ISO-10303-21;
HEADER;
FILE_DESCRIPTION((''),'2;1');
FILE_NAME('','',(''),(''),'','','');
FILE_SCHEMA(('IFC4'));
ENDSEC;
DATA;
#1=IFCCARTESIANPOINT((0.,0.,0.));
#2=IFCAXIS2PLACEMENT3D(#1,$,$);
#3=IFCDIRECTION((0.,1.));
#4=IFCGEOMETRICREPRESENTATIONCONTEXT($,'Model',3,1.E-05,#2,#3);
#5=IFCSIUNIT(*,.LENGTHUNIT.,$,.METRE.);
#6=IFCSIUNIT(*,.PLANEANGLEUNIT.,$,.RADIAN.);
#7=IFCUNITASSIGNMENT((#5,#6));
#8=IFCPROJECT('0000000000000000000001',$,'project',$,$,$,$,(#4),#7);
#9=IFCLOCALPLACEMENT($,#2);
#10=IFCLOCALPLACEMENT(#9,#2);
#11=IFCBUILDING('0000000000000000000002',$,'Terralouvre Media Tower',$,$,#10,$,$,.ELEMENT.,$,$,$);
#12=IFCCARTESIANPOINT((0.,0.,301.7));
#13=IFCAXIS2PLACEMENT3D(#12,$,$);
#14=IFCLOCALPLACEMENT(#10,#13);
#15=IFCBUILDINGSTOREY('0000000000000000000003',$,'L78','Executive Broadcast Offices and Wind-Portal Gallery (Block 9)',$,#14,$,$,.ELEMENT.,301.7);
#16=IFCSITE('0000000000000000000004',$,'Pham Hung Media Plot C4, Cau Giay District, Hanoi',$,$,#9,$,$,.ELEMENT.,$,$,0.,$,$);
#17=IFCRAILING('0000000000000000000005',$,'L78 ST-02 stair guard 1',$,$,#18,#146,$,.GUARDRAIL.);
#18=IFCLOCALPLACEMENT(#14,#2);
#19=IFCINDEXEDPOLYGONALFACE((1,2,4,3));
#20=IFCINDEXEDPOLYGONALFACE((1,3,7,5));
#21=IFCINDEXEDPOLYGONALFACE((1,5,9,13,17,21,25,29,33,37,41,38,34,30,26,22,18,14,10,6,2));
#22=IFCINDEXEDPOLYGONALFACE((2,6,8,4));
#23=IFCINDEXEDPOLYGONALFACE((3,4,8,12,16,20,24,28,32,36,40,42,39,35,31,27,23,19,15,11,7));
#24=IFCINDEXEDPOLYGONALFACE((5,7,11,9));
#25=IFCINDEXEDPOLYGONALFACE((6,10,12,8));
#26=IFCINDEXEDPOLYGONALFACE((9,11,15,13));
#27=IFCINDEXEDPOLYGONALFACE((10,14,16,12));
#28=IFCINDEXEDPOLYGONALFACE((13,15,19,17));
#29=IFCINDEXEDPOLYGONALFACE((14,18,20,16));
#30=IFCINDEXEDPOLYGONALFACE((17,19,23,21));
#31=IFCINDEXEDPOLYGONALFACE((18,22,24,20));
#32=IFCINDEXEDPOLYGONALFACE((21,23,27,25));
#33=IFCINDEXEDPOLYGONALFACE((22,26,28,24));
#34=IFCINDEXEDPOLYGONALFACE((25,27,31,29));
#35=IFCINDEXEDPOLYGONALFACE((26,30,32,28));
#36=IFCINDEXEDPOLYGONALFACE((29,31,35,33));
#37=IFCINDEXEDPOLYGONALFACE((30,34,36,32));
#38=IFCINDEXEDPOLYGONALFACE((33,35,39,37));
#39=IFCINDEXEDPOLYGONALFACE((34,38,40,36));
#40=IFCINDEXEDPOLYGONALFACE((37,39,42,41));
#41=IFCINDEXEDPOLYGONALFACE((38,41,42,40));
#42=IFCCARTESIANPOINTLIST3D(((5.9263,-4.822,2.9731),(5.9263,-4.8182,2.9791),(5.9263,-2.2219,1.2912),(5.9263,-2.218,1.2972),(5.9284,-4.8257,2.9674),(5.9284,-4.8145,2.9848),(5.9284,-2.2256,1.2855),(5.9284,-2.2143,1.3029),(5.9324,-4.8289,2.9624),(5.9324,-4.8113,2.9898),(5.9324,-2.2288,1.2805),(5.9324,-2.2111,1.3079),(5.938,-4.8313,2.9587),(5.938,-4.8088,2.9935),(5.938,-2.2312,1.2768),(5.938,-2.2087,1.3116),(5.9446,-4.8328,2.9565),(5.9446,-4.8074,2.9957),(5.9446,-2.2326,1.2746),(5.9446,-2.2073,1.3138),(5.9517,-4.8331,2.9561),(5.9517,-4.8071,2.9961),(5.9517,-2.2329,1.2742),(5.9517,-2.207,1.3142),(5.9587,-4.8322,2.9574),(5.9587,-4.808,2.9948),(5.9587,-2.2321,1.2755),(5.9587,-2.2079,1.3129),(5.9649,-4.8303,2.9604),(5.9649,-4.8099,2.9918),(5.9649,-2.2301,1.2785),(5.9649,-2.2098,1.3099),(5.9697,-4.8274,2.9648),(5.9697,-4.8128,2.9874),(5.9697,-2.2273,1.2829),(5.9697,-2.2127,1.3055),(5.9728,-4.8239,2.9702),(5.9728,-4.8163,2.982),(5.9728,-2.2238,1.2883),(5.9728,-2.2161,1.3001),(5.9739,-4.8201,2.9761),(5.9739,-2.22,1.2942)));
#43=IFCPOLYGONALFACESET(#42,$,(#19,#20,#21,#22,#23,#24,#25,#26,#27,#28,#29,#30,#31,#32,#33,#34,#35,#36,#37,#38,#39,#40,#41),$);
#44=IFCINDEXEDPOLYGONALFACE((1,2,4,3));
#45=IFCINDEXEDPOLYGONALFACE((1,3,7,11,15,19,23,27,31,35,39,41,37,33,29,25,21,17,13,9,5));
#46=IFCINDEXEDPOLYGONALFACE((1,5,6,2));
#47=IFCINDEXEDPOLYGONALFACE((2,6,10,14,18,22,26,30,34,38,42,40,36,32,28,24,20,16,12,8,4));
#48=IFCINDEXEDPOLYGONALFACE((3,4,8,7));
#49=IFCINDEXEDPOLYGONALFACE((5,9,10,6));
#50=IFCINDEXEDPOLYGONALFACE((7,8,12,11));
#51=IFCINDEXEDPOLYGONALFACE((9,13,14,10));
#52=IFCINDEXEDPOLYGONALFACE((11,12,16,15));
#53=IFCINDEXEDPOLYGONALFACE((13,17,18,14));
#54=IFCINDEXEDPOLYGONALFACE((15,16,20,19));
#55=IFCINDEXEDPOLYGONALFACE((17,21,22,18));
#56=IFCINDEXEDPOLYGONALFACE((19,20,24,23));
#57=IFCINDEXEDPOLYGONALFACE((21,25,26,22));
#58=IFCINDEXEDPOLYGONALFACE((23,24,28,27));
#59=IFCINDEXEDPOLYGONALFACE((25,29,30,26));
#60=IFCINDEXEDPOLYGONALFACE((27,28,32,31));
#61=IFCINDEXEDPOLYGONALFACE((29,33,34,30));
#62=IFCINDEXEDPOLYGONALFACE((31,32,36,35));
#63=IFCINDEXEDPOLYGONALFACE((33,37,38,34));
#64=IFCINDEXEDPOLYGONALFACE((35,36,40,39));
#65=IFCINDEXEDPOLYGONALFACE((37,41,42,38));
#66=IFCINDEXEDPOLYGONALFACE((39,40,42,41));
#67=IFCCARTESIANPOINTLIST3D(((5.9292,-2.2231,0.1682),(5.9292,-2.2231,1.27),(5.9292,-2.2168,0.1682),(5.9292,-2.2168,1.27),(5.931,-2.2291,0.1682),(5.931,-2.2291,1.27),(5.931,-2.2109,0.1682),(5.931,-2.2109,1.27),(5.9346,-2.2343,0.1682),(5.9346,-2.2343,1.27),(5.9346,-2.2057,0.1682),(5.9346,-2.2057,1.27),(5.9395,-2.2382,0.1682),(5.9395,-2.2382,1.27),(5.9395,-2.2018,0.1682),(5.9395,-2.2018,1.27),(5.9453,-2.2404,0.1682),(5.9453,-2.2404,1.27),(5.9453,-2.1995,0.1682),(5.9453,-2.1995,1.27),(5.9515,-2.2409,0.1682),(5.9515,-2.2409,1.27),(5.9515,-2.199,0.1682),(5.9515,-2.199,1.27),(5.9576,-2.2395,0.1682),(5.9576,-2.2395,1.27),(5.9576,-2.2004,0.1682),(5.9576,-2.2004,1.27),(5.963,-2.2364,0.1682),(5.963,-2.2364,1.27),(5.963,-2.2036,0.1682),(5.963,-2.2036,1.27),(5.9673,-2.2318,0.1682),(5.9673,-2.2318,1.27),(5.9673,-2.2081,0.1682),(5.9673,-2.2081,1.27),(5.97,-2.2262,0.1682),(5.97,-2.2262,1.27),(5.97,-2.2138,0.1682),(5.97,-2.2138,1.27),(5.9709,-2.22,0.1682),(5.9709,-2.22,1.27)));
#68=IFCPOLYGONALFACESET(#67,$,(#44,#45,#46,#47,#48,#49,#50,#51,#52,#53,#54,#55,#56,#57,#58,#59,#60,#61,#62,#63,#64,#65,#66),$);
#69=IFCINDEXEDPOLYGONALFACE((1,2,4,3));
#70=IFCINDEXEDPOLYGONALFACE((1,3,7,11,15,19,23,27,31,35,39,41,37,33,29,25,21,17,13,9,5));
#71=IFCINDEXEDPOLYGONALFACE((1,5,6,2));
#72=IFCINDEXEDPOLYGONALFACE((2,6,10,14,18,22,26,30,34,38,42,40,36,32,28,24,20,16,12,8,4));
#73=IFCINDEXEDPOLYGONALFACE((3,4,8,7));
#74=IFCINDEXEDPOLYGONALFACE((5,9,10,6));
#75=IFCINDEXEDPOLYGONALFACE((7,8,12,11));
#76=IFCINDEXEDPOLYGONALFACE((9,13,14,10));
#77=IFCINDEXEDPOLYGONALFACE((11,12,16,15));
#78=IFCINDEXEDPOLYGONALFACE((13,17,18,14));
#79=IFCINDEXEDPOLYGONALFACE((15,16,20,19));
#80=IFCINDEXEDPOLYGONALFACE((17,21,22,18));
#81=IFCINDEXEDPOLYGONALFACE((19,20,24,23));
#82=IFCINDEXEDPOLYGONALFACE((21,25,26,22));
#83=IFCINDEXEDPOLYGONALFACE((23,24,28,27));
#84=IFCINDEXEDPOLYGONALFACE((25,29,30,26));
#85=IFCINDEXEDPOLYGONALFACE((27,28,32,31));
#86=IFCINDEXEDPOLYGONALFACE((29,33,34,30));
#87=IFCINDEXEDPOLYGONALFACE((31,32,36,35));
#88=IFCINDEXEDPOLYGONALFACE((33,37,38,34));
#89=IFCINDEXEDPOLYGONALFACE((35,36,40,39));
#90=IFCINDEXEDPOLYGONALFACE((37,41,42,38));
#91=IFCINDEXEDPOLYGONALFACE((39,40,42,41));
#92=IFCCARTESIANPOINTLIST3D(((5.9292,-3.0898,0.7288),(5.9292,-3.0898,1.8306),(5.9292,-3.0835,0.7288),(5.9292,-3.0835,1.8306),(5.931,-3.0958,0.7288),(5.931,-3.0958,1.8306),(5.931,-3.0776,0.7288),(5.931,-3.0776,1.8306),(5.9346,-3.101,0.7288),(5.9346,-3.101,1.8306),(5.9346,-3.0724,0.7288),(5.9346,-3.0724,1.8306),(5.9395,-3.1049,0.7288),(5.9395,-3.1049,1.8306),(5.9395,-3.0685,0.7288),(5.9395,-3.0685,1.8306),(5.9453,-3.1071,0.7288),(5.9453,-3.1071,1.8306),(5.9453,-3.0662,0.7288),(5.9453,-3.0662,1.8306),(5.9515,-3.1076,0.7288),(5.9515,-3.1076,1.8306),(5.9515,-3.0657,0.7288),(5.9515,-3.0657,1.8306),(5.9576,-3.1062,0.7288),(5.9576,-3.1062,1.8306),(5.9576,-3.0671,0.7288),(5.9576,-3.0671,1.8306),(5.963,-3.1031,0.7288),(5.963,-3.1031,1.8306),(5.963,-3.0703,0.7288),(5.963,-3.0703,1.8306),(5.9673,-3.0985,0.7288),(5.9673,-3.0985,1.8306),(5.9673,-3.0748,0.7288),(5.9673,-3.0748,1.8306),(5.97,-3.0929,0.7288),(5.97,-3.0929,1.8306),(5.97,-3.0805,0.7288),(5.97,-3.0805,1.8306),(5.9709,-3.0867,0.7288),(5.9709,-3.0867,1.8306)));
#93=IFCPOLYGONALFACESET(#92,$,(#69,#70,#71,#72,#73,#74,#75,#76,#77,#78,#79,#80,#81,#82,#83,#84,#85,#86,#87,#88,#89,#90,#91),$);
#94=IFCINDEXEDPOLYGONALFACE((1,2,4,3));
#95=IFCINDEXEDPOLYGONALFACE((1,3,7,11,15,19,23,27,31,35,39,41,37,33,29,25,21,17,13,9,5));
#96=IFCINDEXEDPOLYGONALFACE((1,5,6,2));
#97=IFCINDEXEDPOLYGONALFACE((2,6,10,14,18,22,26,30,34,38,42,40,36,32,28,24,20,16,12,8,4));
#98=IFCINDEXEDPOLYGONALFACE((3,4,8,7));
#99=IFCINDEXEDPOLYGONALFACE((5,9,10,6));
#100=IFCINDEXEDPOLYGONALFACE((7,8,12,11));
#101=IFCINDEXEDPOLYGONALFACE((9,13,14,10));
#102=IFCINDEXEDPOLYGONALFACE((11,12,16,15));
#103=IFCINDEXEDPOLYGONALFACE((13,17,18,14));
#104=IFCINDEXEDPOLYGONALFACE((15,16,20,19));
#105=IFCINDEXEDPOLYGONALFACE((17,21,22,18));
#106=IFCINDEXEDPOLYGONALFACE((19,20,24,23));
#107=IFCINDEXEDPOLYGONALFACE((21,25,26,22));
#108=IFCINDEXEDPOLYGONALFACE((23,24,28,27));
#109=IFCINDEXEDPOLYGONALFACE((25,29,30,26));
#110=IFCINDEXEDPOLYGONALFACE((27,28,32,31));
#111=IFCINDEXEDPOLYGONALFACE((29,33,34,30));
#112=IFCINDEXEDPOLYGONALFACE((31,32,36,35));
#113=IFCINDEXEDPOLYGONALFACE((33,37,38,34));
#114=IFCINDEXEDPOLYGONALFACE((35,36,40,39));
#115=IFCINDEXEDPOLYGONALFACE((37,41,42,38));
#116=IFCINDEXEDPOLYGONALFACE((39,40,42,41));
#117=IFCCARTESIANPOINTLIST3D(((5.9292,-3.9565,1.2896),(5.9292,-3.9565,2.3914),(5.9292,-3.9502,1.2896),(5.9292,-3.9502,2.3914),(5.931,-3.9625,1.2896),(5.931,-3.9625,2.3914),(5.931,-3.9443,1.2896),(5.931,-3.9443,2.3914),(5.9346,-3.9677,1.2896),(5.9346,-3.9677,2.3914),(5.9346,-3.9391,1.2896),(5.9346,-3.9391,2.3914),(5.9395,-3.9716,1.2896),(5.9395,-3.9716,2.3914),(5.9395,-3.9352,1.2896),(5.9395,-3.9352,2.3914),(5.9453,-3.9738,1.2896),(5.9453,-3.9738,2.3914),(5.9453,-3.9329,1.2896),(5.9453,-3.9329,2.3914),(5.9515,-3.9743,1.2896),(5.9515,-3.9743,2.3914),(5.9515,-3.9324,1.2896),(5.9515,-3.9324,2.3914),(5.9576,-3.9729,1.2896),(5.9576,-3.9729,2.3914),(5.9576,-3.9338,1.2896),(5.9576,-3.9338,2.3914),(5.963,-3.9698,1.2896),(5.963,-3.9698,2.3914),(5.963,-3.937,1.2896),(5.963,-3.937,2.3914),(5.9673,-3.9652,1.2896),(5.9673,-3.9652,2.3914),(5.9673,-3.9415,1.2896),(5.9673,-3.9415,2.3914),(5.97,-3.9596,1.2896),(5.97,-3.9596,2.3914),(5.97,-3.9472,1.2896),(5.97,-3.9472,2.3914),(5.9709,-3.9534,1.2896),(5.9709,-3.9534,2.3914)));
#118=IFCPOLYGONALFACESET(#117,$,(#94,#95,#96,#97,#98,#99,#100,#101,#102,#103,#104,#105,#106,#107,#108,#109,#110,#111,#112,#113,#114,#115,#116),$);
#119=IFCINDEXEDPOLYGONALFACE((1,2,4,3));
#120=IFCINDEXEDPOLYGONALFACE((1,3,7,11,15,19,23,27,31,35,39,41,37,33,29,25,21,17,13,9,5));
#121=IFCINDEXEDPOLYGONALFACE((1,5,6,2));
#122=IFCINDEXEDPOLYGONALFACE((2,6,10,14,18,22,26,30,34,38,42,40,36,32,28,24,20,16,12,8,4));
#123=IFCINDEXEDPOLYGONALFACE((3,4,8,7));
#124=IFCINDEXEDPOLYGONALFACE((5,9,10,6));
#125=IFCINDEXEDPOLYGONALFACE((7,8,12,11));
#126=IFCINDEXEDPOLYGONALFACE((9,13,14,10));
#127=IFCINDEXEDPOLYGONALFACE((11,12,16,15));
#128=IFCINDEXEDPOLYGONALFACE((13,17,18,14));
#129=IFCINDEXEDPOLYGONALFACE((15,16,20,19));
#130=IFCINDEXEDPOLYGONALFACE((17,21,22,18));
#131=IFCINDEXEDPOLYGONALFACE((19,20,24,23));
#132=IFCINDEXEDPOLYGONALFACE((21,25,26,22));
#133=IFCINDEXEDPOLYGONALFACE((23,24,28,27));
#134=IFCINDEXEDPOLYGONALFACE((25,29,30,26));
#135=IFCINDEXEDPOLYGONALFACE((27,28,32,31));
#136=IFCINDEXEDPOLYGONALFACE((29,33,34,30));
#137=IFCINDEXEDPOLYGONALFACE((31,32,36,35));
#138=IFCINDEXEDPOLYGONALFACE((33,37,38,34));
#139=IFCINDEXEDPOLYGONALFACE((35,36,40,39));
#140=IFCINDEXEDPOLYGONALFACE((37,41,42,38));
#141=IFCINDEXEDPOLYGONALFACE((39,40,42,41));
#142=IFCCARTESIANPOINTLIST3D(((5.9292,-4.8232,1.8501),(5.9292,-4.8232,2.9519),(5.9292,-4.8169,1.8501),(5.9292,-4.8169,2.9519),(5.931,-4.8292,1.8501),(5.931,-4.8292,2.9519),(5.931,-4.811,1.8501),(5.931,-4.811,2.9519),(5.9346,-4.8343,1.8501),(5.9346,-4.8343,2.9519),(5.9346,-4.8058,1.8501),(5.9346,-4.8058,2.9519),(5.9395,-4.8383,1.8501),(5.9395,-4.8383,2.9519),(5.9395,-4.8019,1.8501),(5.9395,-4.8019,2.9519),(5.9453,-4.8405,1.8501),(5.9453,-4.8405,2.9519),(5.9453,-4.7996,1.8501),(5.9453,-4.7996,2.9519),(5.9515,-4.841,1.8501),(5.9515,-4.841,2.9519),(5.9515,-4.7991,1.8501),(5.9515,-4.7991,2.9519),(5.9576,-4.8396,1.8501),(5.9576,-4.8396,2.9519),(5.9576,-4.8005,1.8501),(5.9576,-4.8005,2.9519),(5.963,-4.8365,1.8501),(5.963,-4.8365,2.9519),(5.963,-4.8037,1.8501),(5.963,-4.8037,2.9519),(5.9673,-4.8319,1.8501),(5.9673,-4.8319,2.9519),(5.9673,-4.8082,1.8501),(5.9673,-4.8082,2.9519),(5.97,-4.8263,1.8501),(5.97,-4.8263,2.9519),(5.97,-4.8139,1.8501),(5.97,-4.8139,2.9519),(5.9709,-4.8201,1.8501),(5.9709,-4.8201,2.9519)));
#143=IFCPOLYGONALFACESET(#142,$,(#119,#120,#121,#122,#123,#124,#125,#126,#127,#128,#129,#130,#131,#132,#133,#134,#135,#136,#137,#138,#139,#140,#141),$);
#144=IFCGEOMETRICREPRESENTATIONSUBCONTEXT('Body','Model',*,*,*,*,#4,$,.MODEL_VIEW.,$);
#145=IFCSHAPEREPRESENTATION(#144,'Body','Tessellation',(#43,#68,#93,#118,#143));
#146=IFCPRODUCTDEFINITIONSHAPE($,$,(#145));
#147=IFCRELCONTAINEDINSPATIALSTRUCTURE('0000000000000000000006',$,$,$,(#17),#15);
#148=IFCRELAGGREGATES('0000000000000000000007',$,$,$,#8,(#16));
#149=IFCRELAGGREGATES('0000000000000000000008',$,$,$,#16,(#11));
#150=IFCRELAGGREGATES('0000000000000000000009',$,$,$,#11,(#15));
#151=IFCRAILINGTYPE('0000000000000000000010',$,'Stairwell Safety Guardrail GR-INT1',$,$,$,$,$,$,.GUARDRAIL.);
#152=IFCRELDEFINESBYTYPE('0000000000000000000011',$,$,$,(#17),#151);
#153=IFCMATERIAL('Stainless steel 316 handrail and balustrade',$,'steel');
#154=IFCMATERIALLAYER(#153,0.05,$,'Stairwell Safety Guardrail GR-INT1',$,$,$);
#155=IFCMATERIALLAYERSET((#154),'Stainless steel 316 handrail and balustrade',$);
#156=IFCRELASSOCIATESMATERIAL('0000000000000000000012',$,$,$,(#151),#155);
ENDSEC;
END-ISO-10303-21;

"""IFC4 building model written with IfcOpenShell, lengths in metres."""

from ifc_helpers import new_model, si_unit, direction, frame, origin, origin_2d, place, context, subcontext, project, spatial, circle, extrude, material, layer, layer_set, type_object, element, save


model = new_model("IFC4")

# Units and contexts
model_context = context("Model", 3, precision=1e-05, world=origin(), true_north=direction((0.0, 1.0)))
body_context = subcontext(model_context, "Body", "Model", "MODEL_VIEW")
ifc_project = project(units=[si_unit("LENGTHUNIT", "METRE"), si_unit("PLANEANGLEUNIT", "RADIAN")], contexts=[model_context])

# Site, building, storey
site_placement = place(None, origin())
site = spatial("IfcSite", under=ifc_project, at=site_placement, Name="Pham Hung Media Plot C4, Cau Giay District, Hanoi", CompositionType="ELEMENT", RefElevation=0.0)
building_placement = place(site_placement, origin())
building = spatial("IfcBuilding", under=site, at=building_placement, Name="Terralouvre Media Tower", CompositionType="ELEMENT")
storey_placement = place(building_placement, frame((0.0, 0.0, 301.7)))
storey = spatial("IfcBuildingStorey", under=building, at=storey_placement, Name="L78", Description="Executive Broadcast Offices and Wind-Portal Gallery (Block 9)", CompositionType="ELEMENT", Elevation=301.7)

# Railing
ifc_material_1 = material(Name="Stainless steel 316 handrail and balustrade", Category="steel")
ifc_layer_1 = layer(ifc_material_1, 0.05, Name="Stairwell Safety Guardrail GR-INT1")
ifc_layer_set_1 = layer_set([ifc_layer_1], Name="Stainless steel 316 handrail and balustrade")
railing_type_1 = type_object("IfcRailingType", Name="Stairwell Safety Guardrail GR-INT1", PredefinedType="GUARDRAIL", material=ifc_layer_set_1)
railing_1_placement = place(storey_placement, frame((5.95, -2.22, 0.1682)))
element("IfcRailing", 1, at=railing_1_placement, inside=storey, type_object=railing_type_1, Name="L78 ST-02 stair guard 1", PredefinedType="GUARDRAIL", context=body_context, shape_type="SweptSolid", body=[
    extrude(circle(Radius=0.0239, at=origin_2d()), frame((0.0, 0.0, 1.126), z_axis=(0.0, -0.839648, 0.54313), x_axis=(1.0, 0.0, 0.0)), (0.0, 0.0, 1.0), 3.0967),
    extrude(circle(Radius=0.021, at=origin_2d()), origin(), (0.0, 0.0, 1.0), 1.1018),
    extrude(circle(Radius=0.021, at=origin_2d()), frame((0.0, -0.8667, 0.5605)), (0.0, 0.0, 1.0), 1.1018),
    extrude(circle(Radius=0.021, at=origin_2d()), frame((0.0, -1.7334, 1.1213)), (0.0, 0.0, 1.0), 1.1018),
    extrude(circle(Radius=0.021, at=origin_2d()), frame((0.0, -2.6001, 1.6819)), (0.0, 0.0, 1.0), 1.1018),
])

save(model, "model.ifc")
